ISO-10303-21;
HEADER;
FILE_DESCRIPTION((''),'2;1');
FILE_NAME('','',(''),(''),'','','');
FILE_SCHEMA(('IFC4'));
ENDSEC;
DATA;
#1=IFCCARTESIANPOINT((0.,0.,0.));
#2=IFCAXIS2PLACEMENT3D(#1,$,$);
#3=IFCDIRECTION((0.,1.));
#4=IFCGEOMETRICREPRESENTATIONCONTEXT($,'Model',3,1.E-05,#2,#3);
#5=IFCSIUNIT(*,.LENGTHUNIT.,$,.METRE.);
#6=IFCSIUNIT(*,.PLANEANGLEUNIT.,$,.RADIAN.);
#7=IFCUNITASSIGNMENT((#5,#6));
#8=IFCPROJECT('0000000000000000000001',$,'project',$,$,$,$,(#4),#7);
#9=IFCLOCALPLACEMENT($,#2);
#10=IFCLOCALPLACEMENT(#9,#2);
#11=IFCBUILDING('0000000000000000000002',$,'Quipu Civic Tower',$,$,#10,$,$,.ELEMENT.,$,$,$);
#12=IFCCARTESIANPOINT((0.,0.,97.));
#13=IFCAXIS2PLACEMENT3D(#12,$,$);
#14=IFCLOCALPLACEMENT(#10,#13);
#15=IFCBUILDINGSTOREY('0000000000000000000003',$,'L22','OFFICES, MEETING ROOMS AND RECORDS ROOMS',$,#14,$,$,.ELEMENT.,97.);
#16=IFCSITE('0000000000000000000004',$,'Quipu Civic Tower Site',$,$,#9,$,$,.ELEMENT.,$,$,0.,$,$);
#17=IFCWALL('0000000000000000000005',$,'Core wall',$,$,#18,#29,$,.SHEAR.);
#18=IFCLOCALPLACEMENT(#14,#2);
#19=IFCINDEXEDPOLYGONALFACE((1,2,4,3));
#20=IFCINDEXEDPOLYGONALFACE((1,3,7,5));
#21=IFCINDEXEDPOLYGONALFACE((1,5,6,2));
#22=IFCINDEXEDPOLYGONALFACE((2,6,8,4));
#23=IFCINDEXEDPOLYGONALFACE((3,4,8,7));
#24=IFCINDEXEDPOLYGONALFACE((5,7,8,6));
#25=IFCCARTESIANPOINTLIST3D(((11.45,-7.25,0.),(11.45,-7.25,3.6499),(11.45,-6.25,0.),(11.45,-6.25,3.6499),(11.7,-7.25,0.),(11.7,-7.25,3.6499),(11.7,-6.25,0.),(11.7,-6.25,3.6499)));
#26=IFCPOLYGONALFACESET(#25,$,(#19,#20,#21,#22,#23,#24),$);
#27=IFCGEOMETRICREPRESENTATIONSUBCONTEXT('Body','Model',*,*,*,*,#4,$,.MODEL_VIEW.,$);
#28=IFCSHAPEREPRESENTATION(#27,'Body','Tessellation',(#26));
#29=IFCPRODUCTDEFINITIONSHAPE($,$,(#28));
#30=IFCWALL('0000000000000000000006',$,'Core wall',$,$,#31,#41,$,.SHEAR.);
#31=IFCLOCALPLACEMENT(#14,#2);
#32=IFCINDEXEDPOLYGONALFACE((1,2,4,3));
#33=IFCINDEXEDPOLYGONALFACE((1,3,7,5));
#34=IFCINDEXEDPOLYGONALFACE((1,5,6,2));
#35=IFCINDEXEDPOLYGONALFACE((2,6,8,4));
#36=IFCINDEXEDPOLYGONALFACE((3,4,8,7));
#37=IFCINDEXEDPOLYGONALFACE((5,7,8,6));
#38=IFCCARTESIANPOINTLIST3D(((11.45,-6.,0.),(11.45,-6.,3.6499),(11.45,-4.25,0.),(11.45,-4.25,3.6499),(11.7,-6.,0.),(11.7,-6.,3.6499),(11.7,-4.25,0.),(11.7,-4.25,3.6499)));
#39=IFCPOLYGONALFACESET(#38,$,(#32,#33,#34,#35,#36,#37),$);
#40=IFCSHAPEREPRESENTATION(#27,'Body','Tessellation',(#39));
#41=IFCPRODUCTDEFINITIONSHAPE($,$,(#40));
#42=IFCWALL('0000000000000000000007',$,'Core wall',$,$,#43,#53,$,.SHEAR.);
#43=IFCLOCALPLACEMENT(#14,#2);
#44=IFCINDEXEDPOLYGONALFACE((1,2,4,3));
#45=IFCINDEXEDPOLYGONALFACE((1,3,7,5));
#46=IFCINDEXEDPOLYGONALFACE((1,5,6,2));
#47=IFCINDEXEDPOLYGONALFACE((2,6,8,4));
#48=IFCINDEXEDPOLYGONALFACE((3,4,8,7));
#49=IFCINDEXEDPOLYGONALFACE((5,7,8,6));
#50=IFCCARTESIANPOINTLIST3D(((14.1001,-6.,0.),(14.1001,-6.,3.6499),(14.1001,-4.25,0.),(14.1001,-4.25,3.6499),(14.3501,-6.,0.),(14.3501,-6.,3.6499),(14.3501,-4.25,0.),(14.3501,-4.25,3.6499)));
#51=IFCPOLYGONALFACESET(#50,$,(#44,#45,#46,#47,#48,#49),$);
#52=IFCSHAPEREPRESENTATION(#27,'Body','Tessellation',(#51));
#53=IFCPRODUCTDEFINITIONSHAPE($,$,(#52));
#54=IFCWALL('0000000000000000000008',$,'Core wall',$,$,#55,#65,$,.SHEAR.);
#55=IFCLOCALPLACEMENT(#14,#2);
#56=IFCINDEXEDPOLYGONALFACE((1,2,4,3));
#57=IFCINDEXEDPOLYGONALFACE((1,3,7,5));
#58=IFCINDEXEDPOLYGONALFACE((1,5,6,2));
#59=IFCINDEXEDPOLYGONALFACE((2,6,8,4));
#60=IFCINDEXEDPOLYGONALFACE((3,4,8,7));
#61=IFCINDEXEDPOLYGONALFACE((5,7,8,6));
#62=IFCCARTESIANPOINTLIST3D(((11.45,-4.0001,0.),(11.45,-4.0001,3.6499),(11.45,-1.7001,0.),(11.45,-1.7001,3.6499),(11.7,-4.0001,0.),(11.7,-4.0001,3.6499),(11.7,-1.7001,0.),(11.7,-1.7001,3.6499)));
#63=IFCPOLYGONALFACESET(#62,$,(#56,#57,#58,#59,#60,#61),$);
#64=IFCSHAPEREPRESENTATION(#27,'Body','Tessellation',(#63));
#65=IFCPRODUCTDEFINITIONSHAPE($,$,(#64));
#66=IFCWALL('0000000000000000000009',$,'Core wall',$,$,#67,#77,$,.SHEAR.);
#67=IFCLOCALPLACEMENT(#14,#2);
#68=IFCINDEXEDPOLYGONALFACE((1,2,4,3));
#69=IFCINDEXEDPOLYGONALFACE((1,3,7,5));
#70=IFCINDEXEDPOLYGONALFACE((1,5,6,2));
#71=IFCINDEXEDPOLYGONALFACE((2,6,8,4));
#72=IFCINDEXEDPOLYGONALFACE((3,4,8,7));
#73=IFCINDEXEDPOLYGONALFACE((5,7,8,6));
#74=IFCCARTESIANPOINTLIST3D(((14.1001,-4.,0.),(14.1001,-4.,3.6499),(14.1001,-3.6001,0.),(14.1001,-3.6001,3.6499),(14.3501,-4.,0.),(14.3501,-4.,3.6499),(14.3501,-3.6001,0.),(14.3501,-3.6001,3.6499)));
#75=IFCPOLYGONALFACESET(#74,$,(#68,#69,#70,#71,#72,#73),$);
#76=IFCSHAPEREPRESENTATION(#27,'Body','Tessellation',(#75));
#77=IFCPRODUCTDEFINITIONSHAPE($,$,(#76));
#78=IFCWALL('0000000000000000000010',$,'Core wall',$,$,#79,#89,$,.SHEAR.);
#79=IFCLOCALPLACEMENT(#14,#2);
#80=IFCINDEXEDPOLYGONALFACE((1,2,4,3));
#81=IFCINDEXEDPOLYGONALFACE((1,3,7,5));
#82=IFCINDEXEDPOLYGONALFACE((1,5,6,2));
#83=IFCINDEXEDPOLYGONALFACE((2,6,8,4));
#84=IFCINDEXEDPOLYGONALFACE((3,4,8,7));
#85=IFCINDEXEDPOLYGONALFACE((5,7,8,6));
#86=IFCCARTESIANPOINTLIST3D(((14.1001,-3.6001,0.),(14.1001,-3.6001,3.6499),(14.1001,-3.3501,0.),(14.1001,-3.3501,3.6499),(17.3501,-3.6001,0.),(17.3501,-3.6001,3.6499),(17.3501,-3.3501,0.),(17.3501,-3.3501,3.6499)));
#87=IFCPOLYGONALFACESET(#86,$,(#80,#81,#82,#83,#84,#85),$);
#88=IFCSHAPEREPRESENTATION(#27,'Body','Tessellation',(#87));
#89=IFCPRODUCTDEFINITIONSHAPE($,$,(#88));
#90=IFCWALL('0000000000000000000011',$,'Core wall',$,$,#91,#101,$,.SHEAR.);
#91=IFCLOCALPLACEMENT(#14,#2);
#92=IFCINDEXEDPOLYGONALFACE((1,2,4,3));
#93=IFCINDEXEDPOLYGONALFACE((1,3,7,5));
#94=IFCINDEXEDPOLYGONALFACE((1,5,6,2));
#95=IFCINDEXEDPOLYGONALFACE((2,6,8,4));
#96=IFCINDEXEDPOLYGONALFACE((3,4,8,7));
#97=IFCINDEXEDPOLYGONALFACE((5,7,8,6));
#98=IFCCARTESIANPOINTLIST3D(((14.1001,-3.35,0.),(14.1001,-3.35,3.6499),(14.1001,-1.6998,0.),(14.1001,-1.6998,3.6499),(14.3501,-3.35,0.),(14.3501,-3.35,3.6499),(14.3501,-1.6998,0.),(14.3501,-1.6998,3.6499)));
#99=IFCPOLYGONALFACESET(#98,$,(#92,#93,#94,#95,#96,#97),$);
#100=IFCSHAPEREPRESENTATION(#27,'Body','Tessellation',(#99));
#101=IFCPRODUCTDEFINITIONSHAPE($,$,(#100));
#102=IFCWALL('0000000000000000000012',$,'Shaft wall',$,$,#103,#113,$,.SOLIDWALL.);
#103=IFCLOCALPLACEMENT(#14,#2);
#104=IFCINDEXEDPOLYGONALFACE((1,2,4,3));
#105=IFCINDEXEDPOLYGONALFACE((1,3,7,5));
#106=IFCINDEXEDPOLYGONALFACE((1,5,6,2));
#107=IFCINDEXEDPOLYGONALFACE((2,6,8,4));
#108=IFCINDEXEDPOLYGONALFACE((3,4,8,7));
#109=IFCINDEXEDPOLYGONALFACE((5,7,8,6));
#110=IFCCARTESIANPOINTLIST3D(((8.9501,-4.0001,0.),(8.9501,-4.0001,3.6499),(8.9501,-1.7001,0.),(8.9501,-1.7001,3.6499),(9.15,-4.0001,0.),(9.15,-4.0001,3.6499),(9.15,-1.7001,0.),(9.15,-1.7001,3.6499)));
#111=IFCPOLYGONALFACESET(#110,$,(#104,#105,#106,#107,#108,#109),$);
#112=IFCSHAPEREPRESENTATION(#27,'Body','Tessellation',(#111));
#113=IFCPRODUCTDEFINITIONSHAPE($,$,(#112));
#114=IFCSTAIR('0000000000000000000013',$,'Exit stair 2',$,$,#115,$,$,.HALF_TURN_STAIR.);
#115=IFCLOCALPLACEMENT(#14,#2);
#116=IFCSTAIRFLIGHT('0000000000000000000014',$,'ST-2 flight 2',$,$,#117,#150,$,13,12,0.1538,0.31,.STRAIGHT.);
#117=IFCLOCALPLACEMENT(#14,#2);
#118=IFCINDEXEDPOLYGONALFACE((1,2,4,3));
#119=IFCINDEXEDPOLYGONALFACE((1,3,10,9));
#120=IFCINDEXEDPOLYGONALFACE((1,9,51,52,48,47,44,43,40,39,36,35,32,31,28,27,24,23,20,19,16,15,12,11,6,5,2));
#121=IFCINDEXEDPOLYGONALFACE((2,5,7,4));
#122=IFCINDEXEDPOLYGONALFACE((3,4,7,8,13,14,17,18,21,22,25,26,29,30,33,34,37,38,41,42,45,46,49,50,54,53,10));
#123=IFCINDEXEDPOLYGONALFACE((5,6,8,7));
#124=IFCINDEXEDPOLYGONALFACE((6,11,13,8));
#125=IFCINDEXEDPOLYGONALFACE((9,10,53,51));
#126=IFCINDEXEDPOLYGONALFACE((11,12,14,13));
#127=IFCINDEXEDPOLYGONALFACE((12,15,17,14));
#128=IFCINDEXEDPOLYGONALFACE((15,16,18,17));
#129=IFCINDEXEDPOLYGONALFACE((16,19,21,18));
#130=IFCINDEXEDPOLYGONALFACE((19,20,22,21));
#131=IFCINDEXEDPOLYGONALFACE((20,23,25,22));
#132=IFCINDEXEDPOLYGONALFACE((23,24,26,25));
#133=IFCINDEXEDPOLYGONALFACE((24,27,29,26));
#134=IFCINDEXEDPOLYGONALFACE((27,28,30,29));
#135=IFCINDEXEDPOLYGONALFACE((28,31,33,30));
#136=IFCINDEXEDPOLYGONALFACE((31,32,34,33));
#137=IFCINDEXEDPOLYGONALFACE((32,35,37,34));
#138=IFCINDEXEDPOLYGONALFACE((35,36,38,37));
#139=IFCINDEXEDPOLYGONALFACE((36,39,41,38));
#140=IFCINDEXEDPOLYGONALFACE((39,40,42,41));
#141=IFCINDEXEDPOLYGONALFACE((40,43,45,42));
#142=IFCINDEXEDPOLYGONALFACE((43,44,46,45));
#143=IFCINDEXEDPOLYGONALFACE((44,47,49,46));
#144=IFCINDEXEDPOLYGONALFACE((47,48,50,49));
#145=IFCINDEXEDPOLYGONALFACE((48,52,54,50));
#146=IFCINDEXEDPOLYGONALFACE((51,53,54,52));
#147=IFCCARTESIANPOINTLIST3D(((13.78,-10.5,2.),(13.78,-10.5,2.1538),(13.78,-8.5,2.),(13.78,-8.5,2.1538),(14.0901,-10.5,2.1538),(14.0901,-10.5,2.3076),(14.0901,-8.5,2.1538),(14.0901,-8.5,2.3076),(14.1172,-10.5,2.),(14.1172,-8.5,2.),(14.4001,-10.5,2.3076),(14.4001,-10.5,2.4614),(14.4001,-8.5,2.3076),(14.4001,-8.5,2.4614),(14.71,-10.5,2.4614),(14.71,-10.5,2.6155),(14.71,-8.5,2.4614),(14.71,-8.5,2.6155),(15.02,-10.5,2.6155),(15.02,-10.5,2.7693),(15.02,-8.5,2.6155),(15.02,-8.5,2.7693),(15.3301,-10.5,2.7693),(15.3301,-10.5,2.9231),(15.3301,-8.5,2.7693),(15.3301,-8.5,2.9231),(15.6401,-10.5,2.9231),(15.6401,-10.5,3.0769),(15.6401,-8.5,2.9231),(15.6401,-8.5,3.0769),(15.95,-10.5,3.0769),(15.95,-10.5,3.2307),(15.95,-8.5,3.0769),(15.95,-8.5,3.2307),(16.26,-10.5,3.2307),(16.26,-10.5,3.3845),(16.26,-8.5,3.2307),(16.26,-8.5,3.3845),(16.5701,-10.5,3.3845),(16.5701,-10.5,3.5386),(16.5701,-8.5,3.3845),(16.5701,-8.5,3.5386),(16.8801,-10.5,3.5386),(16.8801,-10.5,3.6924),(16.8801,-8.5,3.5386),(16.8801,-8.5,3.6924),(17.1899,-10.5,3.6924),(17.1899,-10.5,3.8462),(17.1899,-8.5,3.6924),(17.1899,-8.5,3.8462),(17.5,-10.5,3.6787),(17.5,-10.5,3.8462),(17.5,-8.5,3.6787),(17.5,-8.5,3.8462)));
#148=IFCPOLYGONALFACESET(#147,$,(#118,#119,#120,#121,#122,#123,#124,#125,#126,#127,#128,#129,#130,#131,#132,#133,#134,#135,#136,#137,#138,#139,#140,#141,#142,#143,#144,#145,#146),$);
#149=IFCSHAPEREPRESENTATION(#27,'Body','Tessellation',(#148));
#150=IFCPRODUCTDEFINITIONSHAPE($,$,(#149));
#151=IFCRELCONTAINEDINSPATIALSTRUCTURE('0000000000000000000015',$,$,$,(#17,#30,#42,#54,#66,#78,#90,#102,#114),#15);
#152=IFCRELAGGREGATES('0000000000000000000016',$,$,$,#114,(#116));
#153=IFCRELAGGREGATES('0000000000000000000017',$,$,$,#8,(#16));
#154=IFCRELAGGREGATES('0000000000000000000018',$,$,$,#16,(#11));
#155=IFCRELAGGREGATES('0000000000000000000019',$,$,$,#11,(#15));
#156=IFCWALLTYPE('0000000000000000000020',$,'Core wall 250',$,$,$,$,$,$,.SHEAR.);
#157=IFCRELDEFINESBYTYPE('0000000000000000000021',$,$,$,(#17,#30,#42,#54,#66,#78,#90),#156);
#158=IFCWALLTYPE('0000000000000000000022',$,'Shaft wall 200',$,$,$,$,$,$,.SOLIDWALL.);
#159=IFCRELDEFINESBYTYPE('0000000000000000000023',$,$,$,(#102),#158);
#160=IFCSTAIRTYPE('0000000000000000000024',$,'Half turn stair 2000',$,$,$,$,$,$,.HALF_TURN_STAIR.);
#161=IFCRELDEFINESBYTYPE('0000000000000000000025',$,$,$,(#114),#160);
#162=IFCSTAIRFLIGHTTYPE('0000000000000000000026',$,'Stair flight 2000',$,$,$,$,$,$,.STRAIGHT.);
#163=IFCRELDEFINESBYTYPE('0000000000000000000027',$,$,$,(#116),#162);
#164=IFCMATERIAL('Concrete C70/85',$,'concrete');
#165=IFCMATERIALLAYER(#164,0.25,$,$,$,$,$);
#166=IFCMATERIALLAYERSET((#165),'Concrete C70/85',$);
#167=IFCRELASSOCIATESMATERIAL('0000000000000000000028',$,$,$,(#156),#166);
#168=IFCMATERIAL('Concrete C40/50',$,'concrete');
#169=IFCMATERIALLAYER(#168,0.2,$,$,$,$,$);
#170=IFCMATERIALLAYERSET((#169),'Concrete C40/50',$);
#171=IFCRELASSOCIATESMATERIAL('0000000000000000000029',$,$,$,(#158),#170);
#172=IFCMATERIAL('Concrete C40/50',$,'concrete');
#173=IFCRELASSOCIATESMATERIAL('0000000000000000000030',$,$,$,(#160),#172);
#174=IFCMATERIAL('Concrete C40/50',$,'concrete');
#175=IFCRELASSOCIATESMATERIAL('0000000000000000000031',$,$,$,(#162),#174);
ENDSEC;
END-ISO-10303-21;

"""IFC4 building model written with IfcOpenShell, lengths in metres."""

from ifc_helpers import new_model, si_unit, direction, frame, frame_2d, origin, place, context, subcontext, project, spatial, polyline, rectangle, outline, extrude, material, layer, layer_set, type_object, element, aggregate, save


model = new_model("IFC4")

# Units and contexts
model_context = context("Model", 3, precision=1e-05, world=origin(), true_north=direction((0.0, 1.0)))
body_context = subcontext(model_context, "Body", "Model", "MODEL_VIEW")
ifc_project = project(units=[si_unit("LENGTHUNIT", "METRE"), si_unit("PLANEANGLEUNIT", "RADIAN")], contexts=[model_context])

# Site, building, storey
site_placement = place(None, origin())
site = spatial("IfcSite", under=ifc_project, at=site_placement, Name="Quipu Civic Tower Site", CompositionType="ELEMENT", RefElevation=0.0)
building_placement = place(site_placement, origin())
building = spatial("IfcBuilding", under=site, at=building_placement, Name="Quipu Civic Tower", CompositionType="ELEMENT")
storey_placement = place(building_placement, frame((0.0, 0.0, 97.0)))
storey = spatial("IfcBuildingStorey", under=building, at=storey_placement, Name="L22", Description="OFFICES, MEETING ROOMS AND RECORDS ROOMS", CompositionType="ELEMENT", Elevation=97.0)

# Shared definitions
ifc_material_1 = material(Name="Concrete C70/85", Category="concrete")
ifc_layer_1 = layer(ifc_material_1, 0.25)
ifc_layer_set_1 = layer_set([ifc_layer_1], Name="Concrete C70/85")
wall_type_1 = type_object("IfcWallType", Name="Core wall 250", PredefinedType="SHEAR", material=ifc_layer_set_1)

# Walls
wall_1_placement = place(storey_placement, frame((11.575, -7.25, 0.0), z_axis=(0.0, 0.0, 1.0), x_axis=(0.0, 1.0, 0.0)))
element("IfcWall", 1, at=wall_1_placement, inside=storey, type_object=wall_type_1, Name="Core wall", PredefinedType="SHEAR", context=body_context, shape_type="SweptSolid", body=[
    extrude(rectangle(XDim=1.0, YDim=0.25, at=frame_2d((0.5, 0.0))), origin(), (0.0, 0.0, 1.0), 3.6499),
])
for number, where, z_axis, x_axis, name in (
    (2, (11.575, -6.0, 0.0), (0.0, 0.0, 1.0), (0.0, 1.0, 0.0), "Core wall"),
    (3, (14.2251, -6.0, 0.0), (0.0, 0.0, 1.0), (0.0, 1.0, 0.0), "Core wall"),
):
    element("IfcWall", number, at=place(storey_placement, frame(where, z_axis=z_axis, x_axis=x_axis)), inside=storey, type_object=wall_type_1, Name=name, PredefinedType="SHEAR", context=body_context, shape_type="SweptSolid", body=[
        extrude(rectangle(XDim=1.75, YDim=0.25, at=frame_2d((0.875, 0.0))), origin(), (0.0, 0.0, 1.0), 3.6499),
    ])
wall_2_placement = place(storey_placement, frame((11.575, -4.0, 0.0), z_axis=(0.0, 0.0, 1.0), x_axis=(0.0, 1.0, 0.0)))
element("IfcWall", 4, at=wall_2_placement, inside=storey, type_object=wall_type_1, Name="Core wall", PredefinedType="SHEAR", context=body_context, shape_type="SweptSolid", body=[
    extrude(rectangle(XDim=2.3, YDim=0.25, at=frame_2d((1.1499, 0.0))), origin(), (0.0, 0.0, 1.0), 3.6499),
])
wall_3_placement = place(storey_placement, frame((14.2251, -4.0, 0.0), z_axis=(0.0, 0.0, 1.0), x_axis=(0.0, 1.0, 0.0)))
element("IfcWall", 5, at=wall_3_placement, inside=storey, type_object=wall_type_1, Name="Core wall", PredefinedType="SHEAR", context=body_context, shape_type="SweptSolid", body=[
    extrude(rectangle(XDim=0.3999, YDim=0.25, at=frame_2d((0.2, 0.0))), origin(), (0.0, 0.0, 1.0), 3.6499),
])
wall_4_placement = place(storey_placement, frame((14.1001, -3.4751, 0.0), z_axis=(0.0, 0.0, 1.0), x_axis=(1.0, 0.0, 0.0)))
element("IfcWall", 6, at=wall_4_placement, inside=storey, type_object=wall_type_1, Name="Core wall", PredefinedType="SHEAR", context=body_context, shape_type="SweptSolid", body=[
    extrude(rectangle(XDim=3.25, YDim=0.25, at=frame_2d((1.625, 0.0))), origin(), (0.0, 0.0, 1.0), 3.6499),
])
wall_5_placement = place(storey_placement, frame((14.2251, -3.3501, 0.0), z_axis=(0.0, 0.0, 1.0), x_axis=(0.0, 1.0, 0.0)))
element("IfcWall", 7, at=wall_5_placement, inside=storey, type_object=wall_type_1, Name="Core wall", PredefinedType="SHEAR", context=body_context, shape_type="SweptSolid", body=[
    extrude(rectangle(XDim=1.6501, YDim=0.25, at=frame_2d((0.8252, 0.0))), origin(), (0.0, 0.0, 1.0), 3.6499),
])
ifc_material_2 = material(Name="Concrete C40/50", Category="concrete")
ifc_layer_2 = layer(ifc_material_2, 0.2)
ifc_layer_set_2 = layer_set([ifc_layer_2], Name="Concrete C40/50")
wall_type_2 = type_object("IfcWallType", Name="Shaft wall 200", PredefinedType="SOLIDWALL", material=ifc_layer_set_2)
wall_6_placement = place(storey_placement, frame((9.05, -4.0, 0.0), z_axis=(0.0, 0.0, 1.0), x_axis=(0.0, 1.0, 0.0)))
element("IfcWall", 8, at=wall_6_placement, inside=storey, type_object=wall_type_2, Name="Shaft wall", PredefinedType="SOLIDWALL", context=body_context, shape_type="SweptSolid", body=[
    extrude(rectangle(XDim=2.3, YDim=0.2, at=frame_2d((1.1499, 0.0))), origin(), (0.0, 0.0, 1.0), 3.6499),
])

# Stair, stair flight
ifc_material_3 = material(Name="Concrete C40/50", Category="concrete")
stair_type = type_object("IfcStairType", Name="Half turn stair 2000", PredefinedType="HALF_TURN_STAIR", material=ifc_material_3)
stair_placement = place(storey_placement, origin())
stair = element("IfcStair", 9, at=stair_placement, inside=storey, type_object=stair_type, Name="Exit stair 2", PredefinedType="HALF_TURN_STAIR")
ifc_material_4 = material(Name="Concrete C40/50", Category="concrete")
stair_flight_type = type_object("IfcStairFlightType", Name="Stair flight 2000", PredefinedType="STRAIGHT", material=ifc_material_4)
stair_flight_placement = place(storey_placement, frame((13.78, -9.5, 2.0), z_axis=(0.0, 0.0, 1.0), x_axis=(1.0, 0.0, 0.0)))
stair_flight = element("IfcStairFlight", 10, at=stair_flight_placement, type_object=stair_flight_type, Name="ST-2 flight 2", NumberOfRisers=13, NumberOfTreads=12, PredefinedType="STRAIGHT", RiserHeight=0.1538, TreadLength=0.31, context=body_context, shape_type="SweptSolid", body=[
    extrude(outline(polyline([(0.0, 0.0), (0.0, 0.1538), (0.3101, 0.1538), (0.3101, 0.3076), (0.6201, 0.3076), (0.6201, 0.4614), (0.9299, 0.4614), (0.9299, 0.6155), (1.24, 0.6155), (1.24, 0.7693), (1.55, 0.7693), (1.55, 0.9231), (1.8601, 0.9231), (1.8601, 1.0769), (2.1699, 1.0769), (2.1699, 1.2307), (2.48, 1.2307), (2.48, 1.3845), (2.79, 1.3845), (2.79, 1.5386), (3.1001, 1.5386), (3.1001, 1.6924), (3.4099, 1.6924), (3.4099, 1.8462), (3.72, 1.8462), (3.72, 2.0), (3.72, 1.6787), (0.3372, 0.0), (0.0, 0.0)])), frame((0.0, 1.0, 0.0), z_axis=(0.0, -1.0, 0.0), x_axis=(1.0, 0.0, 0.0)), (0.0, 0.0, 1.0), 2.0),
])
aggregate(stair, [stair_flight])

save(model, "model.ifc")
